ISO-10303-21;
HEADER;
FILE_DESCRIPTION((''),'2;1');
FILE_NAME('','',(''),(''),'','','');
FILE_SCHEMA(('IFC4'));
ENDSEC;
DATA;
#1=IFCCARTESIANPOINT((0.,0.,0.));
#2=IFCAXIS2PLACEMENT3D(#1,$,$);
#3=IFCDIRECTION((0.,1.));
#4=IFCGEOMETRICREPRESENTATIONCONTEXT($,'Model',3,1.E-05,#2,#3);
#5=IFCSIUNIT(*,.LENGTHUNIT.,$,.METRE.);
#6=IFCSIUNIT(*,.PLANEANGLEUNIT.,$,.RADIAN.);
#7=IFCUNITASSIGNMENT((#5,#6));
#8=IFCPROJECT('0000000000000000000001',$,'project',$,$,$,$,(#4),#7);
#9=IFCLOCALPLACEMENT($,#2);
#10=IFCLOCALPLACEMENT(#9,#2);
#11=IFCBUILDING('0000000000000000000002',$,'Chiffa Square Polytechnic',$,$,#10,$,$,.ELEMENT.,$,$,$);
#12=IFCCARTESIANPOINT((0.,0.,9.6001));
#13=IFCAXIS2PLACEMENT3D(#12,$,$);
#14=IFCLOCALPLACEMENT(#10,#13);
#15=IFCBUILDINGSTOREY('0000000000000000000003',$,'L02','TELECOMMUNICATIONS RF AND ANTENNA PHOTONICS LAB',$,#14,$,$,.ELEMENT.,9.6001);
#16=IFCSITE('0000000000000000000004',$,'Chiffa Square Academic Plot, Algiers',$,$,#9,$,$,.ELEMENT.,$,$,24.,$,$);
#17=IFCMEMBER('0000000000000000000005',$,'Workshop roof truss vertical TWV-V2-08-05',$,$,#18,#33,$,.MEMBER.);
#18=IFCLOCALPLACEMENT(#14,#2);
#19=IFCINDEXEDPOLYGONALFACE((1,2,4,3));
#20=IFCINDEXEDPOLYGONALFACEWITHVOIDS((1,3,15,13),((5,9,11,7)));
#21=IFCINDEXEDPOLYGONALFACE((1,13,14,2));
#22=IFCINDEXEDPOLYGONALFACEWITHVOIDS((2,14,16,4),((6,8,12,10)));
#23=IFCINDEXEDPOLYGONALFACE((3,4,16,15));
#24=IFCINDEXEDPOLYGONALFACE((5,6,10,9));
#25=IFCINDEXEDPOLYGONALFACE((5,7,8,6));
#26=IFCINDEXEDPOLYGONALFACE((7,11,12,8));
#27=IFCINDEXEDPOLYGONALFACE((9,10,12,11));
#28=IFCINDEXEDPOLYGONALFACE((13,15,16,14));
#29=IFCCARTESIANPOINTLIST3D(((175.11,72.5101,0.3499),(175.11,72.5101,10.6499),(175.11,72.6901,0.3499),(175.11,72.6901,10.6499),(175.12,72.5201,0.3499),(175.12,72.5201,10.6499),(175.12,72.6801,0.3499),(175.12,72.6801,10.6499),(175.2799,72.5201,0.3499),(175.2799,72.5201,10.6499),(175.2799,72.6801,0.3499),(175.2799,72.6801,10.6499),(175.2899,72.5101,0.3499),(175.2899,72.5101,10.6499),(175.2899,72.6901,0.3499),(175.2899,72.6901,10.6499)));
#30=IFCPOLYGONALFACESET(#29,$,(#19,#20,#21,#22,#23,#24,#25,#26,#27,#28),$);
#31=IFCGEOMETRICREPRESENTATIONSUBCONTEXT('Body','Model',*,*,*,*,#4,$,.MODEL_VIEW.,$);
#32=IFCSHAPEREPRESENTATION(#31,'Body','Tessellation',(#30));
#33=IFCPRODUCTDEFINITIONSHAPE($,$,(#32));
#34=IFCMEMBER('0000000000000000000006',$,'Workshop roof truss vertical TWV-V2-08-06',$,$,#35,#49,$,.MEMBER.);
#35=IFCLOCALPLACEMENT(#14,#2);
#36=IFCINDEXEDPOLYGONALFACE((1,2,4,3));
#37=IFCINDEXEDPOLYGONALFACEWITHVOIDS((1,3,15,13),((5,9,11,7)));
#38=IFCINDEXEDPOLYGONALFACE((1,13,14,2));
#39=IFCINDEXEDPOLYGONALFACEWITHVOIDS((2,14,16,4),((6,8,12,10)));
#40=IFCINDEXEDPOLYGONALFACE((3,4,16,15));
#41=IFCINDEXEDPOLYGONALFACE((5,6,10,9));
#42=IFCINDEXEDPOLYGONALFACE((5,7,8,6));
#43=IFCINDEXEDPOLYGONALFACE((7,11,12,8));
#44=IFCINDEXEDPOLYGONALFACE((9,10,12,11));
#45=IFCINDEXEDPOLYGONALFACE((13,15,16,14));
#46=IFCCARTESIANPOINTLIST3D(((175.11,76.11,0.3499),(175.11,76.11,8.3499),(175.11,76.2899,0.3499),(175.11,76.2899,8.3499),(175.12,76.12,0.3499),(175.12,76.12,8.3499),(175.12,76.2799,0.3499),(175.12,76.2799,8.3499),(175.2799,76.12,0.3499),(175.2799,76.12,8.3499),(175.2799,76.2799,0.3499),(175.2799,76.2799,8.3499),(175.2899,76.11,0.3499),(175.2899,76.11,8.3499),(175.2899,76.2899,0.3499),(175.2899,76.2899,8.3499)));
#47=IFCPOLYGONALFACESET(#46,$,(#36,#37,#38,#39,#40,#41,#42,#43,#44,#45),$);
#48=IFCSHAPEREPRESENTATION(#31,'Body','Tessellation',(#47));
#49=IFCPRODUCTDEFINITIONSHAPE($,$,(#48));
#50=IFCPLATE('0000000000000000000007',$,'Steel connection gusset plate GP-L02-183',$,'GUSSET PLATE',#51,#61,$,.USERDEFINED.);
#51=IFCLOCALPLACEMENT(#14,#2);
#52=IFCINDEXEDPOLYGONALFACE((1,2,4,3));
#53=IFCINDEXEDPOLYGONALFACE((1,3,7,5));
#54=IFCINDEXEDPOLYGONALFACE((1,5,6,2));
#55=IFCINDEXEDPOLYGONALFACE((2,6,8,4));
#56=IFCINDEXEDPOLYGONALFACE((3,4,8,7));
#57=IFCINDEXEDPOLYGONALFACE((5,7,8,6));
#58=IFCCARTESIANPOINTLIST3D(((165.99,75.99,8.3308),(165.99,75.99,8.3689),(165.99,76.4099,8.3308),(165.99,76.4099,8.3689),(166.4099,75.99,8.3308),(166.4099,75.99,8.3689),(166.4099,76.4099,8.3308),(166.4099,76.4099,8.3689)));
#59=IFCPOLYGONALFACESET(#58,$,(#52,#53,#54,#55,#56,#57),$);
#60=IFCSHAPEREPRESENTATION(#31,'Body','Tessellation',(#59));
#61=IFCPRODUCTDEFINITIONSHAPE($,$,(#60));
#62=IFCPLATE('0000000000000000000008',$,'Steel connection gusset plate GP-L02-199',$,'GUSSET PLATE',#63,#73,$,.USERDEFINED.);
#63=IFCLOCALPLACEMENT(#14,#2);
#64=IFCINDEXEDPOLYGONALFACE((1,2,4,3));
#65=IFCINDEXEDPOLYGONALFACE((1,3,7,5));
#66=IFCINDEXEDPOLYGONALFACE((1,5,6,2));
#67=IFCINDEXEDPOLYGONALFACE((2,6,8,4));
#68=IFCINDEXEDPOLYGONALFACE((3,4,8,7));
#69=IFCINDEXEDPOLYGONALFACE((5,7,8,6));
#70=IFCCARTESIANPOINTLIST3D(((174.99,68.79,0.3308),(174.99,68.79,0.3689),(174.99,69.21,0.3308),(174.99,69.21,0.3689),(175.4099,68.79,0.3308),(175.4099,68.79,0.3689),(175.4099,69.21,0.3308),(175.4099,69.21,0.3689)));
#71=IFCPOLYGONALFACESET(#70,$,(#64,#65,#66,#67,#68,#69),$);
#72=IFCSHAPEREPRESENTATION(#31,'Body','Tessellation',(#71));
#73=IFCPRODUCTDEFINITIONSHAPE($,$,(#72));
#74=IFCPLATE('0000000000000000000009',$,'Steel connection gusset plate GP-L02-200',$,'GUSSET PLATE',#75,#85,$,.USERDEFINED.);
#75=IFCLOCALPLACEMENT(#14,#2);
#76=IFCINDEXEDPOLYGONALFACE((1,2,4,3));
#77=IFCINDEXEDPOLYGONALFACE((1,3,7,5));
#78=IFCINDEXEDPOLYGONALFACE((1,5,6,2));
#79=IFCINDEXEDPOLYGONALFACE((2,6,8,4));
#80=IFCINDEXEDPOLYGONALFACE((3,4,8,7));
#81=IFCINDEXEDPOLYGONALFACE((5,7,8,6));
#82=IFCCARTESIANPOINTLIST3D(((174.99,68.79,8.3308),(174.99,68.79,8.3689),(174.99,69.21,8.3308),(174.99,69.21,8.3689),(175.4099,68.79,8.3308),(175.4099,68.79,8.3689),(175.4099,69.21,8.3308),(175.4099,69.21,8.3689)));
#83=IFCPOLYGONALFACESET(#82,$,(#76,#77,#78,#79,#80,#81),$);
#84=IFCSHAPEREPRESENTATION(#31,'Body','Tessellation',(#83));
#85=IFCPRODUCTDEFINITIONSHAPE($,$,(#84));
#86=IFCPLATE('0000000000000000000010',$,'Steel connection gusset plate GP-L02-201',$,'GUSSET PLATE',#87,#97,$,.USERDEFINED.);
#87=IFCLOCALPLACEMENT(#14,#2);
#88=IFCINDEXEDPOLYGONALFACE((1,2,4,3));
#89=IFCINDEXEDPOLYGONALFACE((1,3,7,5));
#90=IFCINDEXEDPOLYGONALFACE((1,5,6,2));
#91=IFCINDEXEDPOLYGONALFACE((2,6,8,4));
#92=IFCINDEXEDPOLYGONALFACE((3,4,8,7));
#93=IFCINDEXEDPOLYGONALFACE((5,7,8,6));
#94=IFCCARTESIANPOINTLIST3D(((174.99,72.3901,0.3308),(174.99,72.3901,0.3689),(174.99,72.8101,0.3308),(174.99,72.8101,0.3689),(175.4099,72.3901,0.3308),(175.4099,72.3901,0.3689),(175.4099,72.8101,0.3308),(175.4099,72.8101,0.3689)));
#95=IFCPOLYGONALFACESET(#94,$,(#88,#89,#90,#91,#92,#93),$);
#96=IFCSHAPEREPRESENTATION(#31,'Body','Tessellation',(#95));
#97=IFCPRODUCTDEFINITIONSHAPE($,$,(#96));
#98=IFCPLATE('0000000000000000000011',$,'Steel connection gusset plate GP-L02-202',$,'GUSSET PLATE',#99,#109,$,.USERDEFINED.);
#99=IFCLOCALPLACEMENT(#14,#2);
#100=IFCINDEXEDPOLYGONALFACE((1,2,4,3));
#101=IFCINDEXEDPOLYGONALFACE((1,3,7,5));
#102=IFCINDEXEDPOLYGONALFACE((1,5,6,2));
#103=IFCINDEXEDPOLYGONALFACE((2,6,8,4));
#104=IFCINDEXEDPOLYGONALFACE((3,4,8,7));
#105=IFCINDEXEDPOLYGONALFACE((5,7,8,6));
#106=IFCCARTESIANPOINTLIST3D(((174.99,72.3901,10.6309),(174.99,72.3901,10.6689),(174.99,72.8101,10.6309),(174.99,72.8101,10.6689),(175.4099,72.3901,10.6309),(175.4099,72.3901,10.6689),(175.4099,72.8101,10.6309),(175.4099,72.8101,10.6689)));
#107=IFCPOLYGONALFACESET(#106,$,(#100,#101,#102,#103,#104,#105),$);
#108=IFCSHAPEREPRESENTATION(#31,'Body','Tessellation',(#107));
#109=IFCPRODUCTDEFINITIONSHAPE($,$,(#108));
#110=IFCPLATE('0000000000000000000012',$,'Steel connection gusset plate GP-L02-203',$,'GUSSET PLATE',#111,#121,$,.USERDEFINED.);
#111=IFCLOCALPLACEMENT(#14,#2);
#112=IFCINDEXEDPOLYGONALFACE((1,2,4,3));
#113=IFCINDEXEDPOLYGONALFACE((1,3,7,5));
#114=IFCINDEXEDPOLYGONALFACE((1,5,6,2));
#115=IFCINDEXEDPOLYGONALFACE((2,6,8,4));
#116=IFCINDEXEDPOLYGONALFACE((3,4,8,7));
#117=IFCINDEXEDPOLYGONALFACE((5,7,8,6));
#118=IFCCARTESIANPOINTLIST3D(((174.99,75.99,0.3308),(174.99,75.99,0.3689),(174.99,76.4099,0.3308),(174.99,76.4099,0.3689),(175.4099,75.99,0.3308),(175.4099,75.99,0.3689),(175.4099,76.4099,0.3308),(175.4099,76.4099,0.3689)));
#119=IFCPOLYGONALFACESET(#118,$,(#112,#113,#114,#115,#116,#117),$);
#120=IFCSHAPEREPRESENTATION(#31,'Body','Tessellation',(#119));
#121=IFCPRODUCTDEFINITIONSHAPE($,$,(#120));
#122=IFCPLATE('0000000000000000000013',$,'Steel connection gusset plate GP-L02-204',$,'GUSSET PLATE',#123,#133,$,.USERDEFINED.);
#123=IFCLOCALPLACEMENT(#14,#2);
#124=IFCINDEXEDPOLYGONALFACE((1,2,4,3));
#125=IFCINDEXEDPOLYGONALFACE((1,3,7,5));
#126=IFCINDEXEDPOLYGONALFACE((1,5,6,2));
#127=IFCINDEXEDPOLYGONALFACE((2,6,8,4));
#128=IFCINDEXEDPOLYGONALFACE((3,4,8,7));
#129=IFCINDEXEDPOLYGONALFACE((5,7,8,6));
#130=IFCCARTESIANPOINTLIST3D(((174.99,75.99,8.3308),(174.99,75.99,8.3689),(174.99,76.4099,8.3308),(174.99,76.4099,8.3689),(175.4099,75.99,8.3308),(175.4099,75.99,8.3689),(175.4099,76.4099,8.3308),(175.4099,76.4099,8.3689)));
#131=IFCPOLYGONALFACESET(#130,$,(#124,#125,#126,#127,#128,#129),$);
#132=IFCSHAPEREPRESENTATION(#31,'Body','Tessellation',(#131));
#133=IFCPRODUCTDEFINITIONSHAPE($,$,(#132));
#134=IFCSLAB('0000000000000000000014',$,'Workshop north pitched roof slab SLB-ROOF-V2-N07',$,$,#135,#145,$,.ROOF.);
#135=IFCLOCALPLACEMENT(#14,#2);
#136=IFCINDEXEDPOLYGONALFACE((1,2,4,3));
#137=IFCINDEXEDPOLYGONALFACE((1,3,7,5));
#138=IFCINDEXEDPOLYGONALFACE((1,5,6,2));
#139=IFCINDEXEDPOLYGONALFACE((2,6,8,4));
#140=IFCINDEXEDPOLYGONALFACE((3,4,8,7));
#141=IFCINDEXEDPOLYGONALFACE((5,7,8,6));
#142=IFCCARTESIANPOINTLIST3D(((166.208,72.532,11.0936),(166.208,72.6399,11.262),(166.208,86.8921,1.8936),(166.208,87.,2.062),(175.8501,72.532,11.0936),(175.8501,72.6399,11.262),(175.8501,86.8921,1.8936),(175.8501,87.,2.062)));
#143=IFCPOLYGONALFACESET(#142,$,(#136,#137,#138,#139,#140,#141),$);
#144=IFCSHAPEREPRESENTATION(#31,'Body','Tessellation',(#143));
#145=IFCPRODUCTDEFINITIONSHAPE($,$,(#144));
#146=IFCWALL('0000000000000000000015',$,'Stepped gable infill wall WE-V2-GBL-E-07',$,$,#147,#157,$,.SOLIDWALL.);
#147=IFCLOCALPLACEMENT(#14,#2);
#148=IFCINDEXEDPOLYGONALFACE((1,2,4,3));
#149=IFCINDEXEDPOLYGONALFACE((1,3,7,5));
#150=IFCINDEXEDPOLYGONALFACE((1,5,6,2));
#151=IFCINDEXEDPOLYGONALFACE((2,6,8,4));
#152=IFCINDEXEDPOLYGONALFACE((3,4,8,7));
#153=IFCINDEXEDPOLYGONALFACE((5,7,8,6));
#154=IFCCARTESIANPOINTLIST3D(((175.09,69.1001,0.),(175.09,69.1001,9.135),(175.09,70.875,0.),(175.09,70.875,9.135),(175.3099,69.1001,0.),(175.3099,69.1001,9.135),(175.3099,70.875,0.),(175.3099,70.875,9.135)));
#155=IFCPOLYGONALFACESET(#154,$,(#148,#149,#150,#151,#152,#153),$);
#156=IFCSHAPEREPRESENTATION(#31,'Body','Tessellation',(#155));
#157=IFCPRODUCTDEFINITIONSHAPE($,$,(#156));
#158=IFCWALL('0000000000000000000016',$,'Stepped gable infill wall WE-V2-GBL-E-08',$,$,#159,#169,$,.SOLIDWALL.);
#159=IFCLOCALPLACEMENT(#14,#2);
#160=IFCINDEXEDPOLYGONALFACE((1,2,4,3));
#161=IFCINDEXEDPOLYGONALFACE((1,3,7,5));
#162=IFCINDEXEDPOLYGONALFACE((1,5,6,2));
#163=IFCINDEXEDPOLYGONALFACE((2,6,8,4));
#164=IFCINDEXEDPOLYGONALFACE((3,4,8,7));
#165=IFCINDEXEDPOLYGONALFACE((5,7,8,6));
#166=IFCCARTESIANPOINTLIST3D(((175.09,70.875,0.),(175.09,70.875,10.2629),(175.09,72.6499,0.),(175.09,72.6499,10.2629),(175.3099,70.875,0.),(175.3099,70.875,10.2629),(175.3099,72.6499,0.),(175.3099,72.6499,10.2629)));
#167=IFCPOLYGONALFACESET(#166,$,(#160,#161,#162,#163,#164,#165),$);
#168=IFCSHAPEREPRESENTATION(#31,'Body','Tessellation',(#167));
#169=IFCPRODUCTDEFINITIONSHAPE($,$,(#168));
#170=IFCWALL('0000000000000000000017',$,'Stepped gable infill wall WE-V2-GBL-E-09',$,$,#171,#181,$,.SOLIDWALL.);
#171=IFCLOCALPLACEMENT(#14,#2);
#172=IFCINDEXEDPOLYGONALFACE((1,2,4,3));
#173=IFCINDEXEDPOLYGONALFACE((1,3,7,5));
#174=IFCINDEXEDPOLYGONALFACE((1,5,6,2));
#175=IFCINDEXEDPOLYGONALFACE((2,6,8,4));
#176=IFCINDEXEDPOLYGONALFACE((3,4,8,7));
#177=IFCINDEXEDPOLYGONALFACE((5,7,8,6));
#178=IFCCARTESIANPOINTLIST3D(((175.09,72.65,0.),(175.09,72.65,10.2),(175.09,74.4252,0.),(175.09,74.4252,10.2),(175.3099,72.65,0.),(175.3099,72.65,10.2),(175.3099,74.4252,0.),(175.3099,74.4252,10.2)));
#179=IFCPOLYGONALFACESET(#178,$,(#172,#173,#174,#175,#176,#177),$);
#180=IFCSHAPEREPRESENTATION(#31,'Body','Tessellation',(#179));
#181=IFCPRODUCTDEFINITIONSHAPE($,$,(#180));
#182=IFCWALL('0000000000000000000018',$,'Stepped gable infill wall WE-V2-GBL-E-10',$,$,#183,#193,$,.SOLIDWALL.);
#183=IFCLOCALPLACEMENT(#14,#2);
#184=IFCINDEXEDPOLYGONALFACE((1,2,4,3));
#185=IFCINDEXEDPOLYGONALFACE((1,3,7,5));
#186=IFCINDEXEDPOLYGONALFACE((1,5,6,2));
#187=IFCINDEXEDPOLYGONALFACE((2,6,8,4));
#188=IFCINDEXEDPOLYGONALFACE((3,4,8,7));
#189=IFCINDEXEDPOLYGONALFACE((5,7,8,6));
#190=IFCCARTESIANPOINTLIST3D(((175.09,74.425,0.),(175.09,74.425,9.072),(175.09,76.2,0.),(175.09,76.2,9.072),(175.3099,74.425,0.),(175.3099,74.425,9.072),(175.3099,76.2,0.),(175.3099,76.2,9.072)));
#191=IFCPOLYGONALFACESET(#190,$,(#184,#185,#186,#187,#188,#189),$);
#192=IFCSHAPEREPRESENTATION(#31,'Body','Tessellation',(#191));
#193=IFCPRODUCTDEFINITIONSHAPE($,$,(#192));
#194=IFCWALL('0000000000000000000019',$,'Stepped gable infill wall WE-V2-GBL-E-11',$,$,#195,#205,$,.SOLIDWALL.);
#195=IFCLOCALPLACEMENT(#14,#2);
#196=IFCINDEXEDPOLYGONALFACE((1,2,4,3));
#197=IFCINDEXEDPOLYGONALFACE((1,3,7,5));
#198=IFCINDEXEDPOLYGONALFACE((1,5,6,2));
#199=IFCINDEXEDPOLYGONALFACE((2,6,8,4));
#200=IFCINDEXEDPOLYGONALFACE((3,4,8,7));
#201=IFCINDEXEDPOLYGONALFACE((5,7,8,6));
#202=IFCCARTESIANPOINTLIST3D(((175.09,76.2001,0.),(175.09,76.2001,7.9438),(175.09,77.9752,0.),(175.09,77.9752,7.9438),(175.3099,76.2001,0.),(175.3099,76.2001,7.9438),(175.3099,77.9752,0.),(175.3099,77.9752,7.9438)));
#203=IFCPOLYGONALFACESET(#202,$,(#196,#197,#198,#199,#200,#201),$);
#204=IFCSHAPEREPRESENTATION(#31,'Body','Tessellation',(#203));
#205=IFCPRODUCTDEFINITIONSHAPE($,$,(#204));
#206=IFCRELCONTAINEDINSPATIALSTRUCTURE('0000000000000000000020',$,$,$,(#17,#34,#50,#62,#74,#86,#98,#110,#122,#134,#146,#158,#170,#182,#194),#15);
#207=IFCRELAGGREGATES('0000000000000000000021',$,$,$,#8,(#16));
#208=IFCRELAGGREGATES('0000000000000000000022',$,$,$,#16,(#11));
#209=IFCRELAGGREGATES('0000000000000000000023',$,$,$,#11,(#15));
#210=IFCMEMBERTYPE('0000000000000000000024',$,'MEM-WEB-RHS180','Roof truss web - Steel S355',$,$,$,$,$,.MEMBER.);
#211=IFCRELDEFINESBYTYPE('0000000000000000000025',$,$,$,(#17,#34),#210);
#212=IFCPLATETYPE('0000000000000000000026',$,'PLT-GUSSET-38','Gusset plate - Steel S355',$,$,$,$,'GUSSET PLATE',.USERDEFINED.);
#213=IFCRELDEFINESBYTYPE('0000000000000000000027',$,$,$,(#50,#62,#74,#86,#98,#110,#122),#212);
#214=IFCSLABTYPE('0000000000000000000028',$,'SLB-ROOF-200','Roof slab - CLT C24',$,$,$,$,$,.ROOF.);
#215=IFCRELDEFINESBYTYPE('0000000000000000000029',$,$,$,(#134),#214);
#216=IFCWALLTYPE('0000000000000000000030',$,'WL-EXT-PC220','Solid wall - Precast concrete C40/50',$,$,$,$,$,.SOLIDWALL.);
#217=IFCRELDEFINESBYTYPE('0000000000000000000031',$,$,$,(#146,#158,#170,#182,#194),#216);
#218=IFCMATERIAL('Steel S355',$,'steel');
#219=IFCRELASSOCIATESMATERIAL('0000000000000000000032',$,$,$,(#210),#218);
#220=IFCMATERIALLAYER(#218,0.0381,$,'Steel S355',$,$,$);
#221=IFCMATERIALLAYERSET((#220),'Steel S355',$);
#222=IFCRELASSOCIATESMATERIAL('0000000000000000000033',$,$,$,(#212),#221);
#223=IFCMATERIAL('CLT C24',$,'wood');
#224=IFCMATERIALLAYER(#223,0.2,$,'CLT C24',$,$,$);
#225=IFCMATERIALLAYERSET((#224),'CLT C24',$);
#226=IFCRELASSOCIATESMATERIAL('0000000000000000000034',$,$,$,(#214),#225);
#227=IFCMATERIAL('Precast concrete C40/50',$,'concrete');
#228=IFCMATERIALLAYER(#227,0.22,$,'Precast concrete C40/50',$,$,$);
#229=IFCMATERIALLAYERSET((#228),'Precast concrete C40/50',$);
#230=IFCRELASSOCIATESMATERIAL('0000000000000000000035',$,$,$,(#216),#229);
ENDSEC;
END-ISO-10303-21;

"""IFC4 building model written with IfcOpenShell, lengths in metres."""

from ifc_helpers import new_model, si_unit, direction, frame, frame_2d, origin, origin_2d, place, context, subcontext, project, spatial, polyline, rectangle, hollow_rectangle, outline, extrude, material, layer, layer_set, material_profile, profile_set, type_object, element, save


model = new_model("IFC4")

# Units and contexts
model_context = context("Model", 3, precision=1e-05, world=origin(), true_north=direction((0.0, 1.0)))
body_context = subcontext(model_context, "Body", "Model", "MODEL_VIEW")
ifc_project = project(units=[si_unit("LENGTHUNIT", "METRE"), si_unit("PLANEANGLEUNIT", "RADIAN")], contexts=[model_context])

# Site, building, storey
site_placement = place(None, origin())
site = spatial("IfcSite", under=ifc_project, at=site_placement, Name="Chiffa Square Academic Plot, Algiers", CompositionType="ELEMENT", RefElevation=24.0)
building_placement = place(site_placement, origin())
building = spatial("IfcBuilding", under=site, at=building_placement, Name="Chiffa Square Polytechnic", CompositionType="ELEMENT")
storey_placement = place(building_placement, frame((0.0, 0.0, 9.6001)))
storey = spatial("IfcBuildingStorey", under=building, at=storey_placement, Name="L02", Description="TELECOMMUNICATIONS RF AND ANTENNA PHOTONICS LAB", CompositionType="ELEMENT", Elevation=9.6001)

# Shared definitions
ifc_material_1 = material(Name="Steel S355", Category="steel")

# Members
ifc_material_profile_1 = material_profile(ifc_material_1, hollow_rectangle(XDim=0.1799, YDim=0.1799, WallThickness=0.01, at=origin_2d()), Name="RHS 180x180x10")
ifc_profile_set_1 = profile_set([ifc_material_profile_1], Name="Steel S355")
member_type_1 = type_object("IfcMemberType", Name="MEM-WEB-RHS180", Description="Roof truss web - Steel S355", PredefinedType="MEMBER", material=ifc_profile_set_1)
member_1_placement = place(storey_placement, frame((175.2, 72.6001, 0.3499), z_axis=(0.0, 0.0, 1.0), x_axis=(1.0, 0.0, 0.0)))
element("IfcMember", 1, at=member_1_placement, inside=storey, type_object=member_type_1, Name="Workshop roof truss vertical TWV-V2-08-05", PredefinedType="MEMBER", context=body_context, shape_type="SweptSolid", body=[
    extrude(hollow_rectangle(XDim=0.1799, YDim=0.1799, WallThickness=0.01, at=origin_2d()), origin(), (0.0, 0.0, 1.0), 10.3),
])
member_2_placement = place(storey_placement, frame((175.2, 76.2, 0.3499), z_axis=(0.0, 0.0, 1.0), x_axis=(1.0, 0.0, 0.0)))
element("IfcMember", 2, at=member_2_placement, inside=storey, type_object=member_type_1, Name="Workshop roof truss vertical TWV-V2-08-06", PredefinedType="MEMBER", context=body_context, shape_type="SweptSolid", body=[
    extrude(hollow_rectangle(XDim=0.1799, YDim=0.1799, WallThickness=0.01, at=origin_2d()), origin(), (0.0, 0.0, 1.0), 8.0),
])

# Plates
ifc_layer_1 = layer(ifc_material_1, 0.0381, Name="Steel S355")
ifc_layer_set_1 = layer_set([ifc_layer_1], Name="Steel S355")
plate_type = type_object("IfcPlateType", Name="PLT-GUSSET-38", Description="Gusset plate - Steel S355", ElementType="GUSSET PLATE", PredefinedType="USERDEFINED", material=ifc_layer_set_1)
for number, where, z_axis, x_axis, name in (
    (3, (166.2, 76.2, 8.3308), (0.0, 0.0, 1.0), (1.0, 0.0, 0.0), "Steel connection gusset plate GP-L02-183"),
    (4, (175.2, 69.0, 0.3308), (0.0, 0.0, 1.0), (1.0, 0.0, 0.0), "Steel connection gusset plate GP-L02-199"),
    (5, (175.2, 69.0, 8.3308), (0.0, 0.0, 1.0), (1.0, 0.0, 0.0), "Steel connection gusset plate GP-L02-200"),
    (6, (175.2, 72.6001, 0.3308), (0.0, 0.0, 1.0), (1.0, 0.0, 0.0), "Steel connection gusset plate GP-L02-201"),
    (7, (175.2, 72.6001, 10.6309), (0.0, 0.0, 1.0), (1.0, 0.0, 0.0), "Steel connection gusset plate GP-L02-202"),
    (8, (175.2, 76.2, 0.3308), (0.0, 0.0, 1.0), (1.0, 0.0, 0.0), "Steel connection gusset plate GP-L02-203"),
    (9, (175.2, 76.2, 8.3308), (0.0, 0.0, 1.0), (1.0, 0.0, 0.0), "Steel connection gusset plate GP-L02-204"),
):
    element("IfcPlate", number, at=place(storey_placement, frame(where, z_axis=z_axis, x_axis=x_axis)), inside=storey, type_object=plate_type, Name=name, ObjectType="GUSSET PLATE", PredefinedType="USERDEFINED", context=body_context, shape_type="SweptSolid", body=[
        extrude(rectangle(XDim=0.4199, YDim=0.4199, at=origin_2d()), origin(), (0.0, 0.0, 1.0), 0.0381),
    ])

# Slab
ifc_material_2 = material(Name="CLT C24", Category="wood")
ifc_layer_2 = layer(ifc_material_2, 0.2, Name="CLT C24")
ifc_layer_set_2 = layer_set([ifc_layer_2], Name="CLT C24")
slab_type = type_object("IfcSlabType", Name="SLB-ROOF-200", Description="Roof slab - CLT C24", PredefinedType="ROOF", material=ifc_layer_set_2)
slab_placement = place(storey_placement, frame((166.208, 72.6399, 11.262), z_axis=(0.0, 0.539448, 0.842019), x_axis=(1.0, 0.0, 0.0)))
element("IfcSlab", 10, at=slab_placement, inside=storey, type_object=slab_type, Name="Workshop north pitched roof slab SLB-ROOF-V2-N07", PredefinedType="ROOF", context=body_context, shape_type="SweptSolid", body=[
    extrude(outline(polyline([(0.0, 0.0), (9.6421, 0.0), (9.6421, 17.0544), (0.0, 17.0544), (0.0, 0.0)])), origin(), (0.0, 0.0, -1.0), 0.2),
])

# Walls
ifc_material_3 = material(Name="Precast concrete C40/50", Category="concrete")
ifc_layer_3 = layer(ifc_material_3, 0.22, Name="Precast concrete C40/50")
ifc_layer_set_3 = layer_set([ifc_layer_3], Name="Precast concrete C40/50")
wall_type = type_object("IfcWallType", Name="WL-EXT-PC220", Description="Solid wall - Precast concrete C40/50", PredefinedType="SOLIDWALL", material=ifc_layer_set_3)
wall_1_placement = place(storey_placement, frame((175.2, 69.1001, 0.0), z_axis=(0.0, 0.0, 1.0), x_axis=(0.0, 1.0, 0.0)))
element("IfcWall", 11, at=wall_1_placement, inside=storey, type_object=wall_type, Name="Stepped gable infill wall WE-V2-GBL-E-07", PredefinedType="SOLIDWALL", context=body_context, shape_type="SweptSolid", body=[
    extrude(rectangle(XDim=1.7749, YDim=0.22, at=frame_2d((0.8875, 0.0))), origin(), (0.0, 0.0, 1.0), 9.135),
])
wall_2_placement = place(storey_placement, frame((175.2, 70.875, 0.0), z_axis=(0.0, 0.0, 1.0), x_axis=(0.0, 1.0, 0.0)))
element("IfcWall", 12, at=wall_2_placement, inside=storey, type_object=wall_type, Name="Stepped gable infill wall WE-V2-GBL-E-08", PredefinedType="SOLIDWALL", context=body_context, shape_type="SweptSolid", body=[
    extrude(rectangle(XDim=1.7749, YDim=0.22, at=frame_2d((0.8875, 0.0))), origin(), (0.0, 0.0, 1.0), 10.2629),
])
wall_3_placement = place(storey_placement, frame((175.2, 72.6499, 0.0), z_axis=(0.0, 0.0, 1.0), x_axis=(0.0, 1.0, 0.0)))
element("IfcWall", 13, at=wall_3_placement, inside=storey, type_object=wall_type, Name="Stepped gable infill wall WE-V2-GBL-E-09", PredefinedType="SOLIDWALL", context=body_context, shape_type="SweptSolid", body=[
    extrude(rectangle(XDim=1.7751, YDim=0.22, at=frame_2d((0.8877, 0.0))), origin(), (0.0, 0.0, 1.0), 10.2),
])
wall_4_placement = place(storey_placement, frame((175.2, 74.425, 0.0), z_axis=(0.0, 0.0, 1.0), x_axis=(0.0, 1.0, 0.0)))
element("IfcWall", 14, at=wall_4_placement, inside=storey, type_object=wall_type, Name="Stepped gable infill wall WE-V2-GBL-E-10", PredefinedType="SOLIDWALL", context=body_context, shape_type="SweptSolid", body=[
    extrude(rectangle(XDim=1.7749, YDim=0.22, at=frame_2d((0.8875, 0.0))), origin(), (0.0, 0.0, 1.0), 9.072),
])
wall_5_placement = place(storey_placement, frame((175.2, 76.2, 0.0), z_axis=(0.0, 0.0, 1.0), x_axis=(0.0, 1.0, 0.0)))
element("IfcWall", 15, at=wall_5_placement, inside=storey, type_object=wall_type, Name="Stepped gable infill wall WE-V2-GBL-E-11", PredefinedType="SOLIDWALL", context=body_context, shape_type="SweptSolid", body=[
    extrude(rectangle(XDim=1.7751, YDim=0.22, at=frame_2d((0.8877, 0.0))), origin(), (0.0, 0.0, 1.0), 7.9438),
])

save(model, "model.ifc")
